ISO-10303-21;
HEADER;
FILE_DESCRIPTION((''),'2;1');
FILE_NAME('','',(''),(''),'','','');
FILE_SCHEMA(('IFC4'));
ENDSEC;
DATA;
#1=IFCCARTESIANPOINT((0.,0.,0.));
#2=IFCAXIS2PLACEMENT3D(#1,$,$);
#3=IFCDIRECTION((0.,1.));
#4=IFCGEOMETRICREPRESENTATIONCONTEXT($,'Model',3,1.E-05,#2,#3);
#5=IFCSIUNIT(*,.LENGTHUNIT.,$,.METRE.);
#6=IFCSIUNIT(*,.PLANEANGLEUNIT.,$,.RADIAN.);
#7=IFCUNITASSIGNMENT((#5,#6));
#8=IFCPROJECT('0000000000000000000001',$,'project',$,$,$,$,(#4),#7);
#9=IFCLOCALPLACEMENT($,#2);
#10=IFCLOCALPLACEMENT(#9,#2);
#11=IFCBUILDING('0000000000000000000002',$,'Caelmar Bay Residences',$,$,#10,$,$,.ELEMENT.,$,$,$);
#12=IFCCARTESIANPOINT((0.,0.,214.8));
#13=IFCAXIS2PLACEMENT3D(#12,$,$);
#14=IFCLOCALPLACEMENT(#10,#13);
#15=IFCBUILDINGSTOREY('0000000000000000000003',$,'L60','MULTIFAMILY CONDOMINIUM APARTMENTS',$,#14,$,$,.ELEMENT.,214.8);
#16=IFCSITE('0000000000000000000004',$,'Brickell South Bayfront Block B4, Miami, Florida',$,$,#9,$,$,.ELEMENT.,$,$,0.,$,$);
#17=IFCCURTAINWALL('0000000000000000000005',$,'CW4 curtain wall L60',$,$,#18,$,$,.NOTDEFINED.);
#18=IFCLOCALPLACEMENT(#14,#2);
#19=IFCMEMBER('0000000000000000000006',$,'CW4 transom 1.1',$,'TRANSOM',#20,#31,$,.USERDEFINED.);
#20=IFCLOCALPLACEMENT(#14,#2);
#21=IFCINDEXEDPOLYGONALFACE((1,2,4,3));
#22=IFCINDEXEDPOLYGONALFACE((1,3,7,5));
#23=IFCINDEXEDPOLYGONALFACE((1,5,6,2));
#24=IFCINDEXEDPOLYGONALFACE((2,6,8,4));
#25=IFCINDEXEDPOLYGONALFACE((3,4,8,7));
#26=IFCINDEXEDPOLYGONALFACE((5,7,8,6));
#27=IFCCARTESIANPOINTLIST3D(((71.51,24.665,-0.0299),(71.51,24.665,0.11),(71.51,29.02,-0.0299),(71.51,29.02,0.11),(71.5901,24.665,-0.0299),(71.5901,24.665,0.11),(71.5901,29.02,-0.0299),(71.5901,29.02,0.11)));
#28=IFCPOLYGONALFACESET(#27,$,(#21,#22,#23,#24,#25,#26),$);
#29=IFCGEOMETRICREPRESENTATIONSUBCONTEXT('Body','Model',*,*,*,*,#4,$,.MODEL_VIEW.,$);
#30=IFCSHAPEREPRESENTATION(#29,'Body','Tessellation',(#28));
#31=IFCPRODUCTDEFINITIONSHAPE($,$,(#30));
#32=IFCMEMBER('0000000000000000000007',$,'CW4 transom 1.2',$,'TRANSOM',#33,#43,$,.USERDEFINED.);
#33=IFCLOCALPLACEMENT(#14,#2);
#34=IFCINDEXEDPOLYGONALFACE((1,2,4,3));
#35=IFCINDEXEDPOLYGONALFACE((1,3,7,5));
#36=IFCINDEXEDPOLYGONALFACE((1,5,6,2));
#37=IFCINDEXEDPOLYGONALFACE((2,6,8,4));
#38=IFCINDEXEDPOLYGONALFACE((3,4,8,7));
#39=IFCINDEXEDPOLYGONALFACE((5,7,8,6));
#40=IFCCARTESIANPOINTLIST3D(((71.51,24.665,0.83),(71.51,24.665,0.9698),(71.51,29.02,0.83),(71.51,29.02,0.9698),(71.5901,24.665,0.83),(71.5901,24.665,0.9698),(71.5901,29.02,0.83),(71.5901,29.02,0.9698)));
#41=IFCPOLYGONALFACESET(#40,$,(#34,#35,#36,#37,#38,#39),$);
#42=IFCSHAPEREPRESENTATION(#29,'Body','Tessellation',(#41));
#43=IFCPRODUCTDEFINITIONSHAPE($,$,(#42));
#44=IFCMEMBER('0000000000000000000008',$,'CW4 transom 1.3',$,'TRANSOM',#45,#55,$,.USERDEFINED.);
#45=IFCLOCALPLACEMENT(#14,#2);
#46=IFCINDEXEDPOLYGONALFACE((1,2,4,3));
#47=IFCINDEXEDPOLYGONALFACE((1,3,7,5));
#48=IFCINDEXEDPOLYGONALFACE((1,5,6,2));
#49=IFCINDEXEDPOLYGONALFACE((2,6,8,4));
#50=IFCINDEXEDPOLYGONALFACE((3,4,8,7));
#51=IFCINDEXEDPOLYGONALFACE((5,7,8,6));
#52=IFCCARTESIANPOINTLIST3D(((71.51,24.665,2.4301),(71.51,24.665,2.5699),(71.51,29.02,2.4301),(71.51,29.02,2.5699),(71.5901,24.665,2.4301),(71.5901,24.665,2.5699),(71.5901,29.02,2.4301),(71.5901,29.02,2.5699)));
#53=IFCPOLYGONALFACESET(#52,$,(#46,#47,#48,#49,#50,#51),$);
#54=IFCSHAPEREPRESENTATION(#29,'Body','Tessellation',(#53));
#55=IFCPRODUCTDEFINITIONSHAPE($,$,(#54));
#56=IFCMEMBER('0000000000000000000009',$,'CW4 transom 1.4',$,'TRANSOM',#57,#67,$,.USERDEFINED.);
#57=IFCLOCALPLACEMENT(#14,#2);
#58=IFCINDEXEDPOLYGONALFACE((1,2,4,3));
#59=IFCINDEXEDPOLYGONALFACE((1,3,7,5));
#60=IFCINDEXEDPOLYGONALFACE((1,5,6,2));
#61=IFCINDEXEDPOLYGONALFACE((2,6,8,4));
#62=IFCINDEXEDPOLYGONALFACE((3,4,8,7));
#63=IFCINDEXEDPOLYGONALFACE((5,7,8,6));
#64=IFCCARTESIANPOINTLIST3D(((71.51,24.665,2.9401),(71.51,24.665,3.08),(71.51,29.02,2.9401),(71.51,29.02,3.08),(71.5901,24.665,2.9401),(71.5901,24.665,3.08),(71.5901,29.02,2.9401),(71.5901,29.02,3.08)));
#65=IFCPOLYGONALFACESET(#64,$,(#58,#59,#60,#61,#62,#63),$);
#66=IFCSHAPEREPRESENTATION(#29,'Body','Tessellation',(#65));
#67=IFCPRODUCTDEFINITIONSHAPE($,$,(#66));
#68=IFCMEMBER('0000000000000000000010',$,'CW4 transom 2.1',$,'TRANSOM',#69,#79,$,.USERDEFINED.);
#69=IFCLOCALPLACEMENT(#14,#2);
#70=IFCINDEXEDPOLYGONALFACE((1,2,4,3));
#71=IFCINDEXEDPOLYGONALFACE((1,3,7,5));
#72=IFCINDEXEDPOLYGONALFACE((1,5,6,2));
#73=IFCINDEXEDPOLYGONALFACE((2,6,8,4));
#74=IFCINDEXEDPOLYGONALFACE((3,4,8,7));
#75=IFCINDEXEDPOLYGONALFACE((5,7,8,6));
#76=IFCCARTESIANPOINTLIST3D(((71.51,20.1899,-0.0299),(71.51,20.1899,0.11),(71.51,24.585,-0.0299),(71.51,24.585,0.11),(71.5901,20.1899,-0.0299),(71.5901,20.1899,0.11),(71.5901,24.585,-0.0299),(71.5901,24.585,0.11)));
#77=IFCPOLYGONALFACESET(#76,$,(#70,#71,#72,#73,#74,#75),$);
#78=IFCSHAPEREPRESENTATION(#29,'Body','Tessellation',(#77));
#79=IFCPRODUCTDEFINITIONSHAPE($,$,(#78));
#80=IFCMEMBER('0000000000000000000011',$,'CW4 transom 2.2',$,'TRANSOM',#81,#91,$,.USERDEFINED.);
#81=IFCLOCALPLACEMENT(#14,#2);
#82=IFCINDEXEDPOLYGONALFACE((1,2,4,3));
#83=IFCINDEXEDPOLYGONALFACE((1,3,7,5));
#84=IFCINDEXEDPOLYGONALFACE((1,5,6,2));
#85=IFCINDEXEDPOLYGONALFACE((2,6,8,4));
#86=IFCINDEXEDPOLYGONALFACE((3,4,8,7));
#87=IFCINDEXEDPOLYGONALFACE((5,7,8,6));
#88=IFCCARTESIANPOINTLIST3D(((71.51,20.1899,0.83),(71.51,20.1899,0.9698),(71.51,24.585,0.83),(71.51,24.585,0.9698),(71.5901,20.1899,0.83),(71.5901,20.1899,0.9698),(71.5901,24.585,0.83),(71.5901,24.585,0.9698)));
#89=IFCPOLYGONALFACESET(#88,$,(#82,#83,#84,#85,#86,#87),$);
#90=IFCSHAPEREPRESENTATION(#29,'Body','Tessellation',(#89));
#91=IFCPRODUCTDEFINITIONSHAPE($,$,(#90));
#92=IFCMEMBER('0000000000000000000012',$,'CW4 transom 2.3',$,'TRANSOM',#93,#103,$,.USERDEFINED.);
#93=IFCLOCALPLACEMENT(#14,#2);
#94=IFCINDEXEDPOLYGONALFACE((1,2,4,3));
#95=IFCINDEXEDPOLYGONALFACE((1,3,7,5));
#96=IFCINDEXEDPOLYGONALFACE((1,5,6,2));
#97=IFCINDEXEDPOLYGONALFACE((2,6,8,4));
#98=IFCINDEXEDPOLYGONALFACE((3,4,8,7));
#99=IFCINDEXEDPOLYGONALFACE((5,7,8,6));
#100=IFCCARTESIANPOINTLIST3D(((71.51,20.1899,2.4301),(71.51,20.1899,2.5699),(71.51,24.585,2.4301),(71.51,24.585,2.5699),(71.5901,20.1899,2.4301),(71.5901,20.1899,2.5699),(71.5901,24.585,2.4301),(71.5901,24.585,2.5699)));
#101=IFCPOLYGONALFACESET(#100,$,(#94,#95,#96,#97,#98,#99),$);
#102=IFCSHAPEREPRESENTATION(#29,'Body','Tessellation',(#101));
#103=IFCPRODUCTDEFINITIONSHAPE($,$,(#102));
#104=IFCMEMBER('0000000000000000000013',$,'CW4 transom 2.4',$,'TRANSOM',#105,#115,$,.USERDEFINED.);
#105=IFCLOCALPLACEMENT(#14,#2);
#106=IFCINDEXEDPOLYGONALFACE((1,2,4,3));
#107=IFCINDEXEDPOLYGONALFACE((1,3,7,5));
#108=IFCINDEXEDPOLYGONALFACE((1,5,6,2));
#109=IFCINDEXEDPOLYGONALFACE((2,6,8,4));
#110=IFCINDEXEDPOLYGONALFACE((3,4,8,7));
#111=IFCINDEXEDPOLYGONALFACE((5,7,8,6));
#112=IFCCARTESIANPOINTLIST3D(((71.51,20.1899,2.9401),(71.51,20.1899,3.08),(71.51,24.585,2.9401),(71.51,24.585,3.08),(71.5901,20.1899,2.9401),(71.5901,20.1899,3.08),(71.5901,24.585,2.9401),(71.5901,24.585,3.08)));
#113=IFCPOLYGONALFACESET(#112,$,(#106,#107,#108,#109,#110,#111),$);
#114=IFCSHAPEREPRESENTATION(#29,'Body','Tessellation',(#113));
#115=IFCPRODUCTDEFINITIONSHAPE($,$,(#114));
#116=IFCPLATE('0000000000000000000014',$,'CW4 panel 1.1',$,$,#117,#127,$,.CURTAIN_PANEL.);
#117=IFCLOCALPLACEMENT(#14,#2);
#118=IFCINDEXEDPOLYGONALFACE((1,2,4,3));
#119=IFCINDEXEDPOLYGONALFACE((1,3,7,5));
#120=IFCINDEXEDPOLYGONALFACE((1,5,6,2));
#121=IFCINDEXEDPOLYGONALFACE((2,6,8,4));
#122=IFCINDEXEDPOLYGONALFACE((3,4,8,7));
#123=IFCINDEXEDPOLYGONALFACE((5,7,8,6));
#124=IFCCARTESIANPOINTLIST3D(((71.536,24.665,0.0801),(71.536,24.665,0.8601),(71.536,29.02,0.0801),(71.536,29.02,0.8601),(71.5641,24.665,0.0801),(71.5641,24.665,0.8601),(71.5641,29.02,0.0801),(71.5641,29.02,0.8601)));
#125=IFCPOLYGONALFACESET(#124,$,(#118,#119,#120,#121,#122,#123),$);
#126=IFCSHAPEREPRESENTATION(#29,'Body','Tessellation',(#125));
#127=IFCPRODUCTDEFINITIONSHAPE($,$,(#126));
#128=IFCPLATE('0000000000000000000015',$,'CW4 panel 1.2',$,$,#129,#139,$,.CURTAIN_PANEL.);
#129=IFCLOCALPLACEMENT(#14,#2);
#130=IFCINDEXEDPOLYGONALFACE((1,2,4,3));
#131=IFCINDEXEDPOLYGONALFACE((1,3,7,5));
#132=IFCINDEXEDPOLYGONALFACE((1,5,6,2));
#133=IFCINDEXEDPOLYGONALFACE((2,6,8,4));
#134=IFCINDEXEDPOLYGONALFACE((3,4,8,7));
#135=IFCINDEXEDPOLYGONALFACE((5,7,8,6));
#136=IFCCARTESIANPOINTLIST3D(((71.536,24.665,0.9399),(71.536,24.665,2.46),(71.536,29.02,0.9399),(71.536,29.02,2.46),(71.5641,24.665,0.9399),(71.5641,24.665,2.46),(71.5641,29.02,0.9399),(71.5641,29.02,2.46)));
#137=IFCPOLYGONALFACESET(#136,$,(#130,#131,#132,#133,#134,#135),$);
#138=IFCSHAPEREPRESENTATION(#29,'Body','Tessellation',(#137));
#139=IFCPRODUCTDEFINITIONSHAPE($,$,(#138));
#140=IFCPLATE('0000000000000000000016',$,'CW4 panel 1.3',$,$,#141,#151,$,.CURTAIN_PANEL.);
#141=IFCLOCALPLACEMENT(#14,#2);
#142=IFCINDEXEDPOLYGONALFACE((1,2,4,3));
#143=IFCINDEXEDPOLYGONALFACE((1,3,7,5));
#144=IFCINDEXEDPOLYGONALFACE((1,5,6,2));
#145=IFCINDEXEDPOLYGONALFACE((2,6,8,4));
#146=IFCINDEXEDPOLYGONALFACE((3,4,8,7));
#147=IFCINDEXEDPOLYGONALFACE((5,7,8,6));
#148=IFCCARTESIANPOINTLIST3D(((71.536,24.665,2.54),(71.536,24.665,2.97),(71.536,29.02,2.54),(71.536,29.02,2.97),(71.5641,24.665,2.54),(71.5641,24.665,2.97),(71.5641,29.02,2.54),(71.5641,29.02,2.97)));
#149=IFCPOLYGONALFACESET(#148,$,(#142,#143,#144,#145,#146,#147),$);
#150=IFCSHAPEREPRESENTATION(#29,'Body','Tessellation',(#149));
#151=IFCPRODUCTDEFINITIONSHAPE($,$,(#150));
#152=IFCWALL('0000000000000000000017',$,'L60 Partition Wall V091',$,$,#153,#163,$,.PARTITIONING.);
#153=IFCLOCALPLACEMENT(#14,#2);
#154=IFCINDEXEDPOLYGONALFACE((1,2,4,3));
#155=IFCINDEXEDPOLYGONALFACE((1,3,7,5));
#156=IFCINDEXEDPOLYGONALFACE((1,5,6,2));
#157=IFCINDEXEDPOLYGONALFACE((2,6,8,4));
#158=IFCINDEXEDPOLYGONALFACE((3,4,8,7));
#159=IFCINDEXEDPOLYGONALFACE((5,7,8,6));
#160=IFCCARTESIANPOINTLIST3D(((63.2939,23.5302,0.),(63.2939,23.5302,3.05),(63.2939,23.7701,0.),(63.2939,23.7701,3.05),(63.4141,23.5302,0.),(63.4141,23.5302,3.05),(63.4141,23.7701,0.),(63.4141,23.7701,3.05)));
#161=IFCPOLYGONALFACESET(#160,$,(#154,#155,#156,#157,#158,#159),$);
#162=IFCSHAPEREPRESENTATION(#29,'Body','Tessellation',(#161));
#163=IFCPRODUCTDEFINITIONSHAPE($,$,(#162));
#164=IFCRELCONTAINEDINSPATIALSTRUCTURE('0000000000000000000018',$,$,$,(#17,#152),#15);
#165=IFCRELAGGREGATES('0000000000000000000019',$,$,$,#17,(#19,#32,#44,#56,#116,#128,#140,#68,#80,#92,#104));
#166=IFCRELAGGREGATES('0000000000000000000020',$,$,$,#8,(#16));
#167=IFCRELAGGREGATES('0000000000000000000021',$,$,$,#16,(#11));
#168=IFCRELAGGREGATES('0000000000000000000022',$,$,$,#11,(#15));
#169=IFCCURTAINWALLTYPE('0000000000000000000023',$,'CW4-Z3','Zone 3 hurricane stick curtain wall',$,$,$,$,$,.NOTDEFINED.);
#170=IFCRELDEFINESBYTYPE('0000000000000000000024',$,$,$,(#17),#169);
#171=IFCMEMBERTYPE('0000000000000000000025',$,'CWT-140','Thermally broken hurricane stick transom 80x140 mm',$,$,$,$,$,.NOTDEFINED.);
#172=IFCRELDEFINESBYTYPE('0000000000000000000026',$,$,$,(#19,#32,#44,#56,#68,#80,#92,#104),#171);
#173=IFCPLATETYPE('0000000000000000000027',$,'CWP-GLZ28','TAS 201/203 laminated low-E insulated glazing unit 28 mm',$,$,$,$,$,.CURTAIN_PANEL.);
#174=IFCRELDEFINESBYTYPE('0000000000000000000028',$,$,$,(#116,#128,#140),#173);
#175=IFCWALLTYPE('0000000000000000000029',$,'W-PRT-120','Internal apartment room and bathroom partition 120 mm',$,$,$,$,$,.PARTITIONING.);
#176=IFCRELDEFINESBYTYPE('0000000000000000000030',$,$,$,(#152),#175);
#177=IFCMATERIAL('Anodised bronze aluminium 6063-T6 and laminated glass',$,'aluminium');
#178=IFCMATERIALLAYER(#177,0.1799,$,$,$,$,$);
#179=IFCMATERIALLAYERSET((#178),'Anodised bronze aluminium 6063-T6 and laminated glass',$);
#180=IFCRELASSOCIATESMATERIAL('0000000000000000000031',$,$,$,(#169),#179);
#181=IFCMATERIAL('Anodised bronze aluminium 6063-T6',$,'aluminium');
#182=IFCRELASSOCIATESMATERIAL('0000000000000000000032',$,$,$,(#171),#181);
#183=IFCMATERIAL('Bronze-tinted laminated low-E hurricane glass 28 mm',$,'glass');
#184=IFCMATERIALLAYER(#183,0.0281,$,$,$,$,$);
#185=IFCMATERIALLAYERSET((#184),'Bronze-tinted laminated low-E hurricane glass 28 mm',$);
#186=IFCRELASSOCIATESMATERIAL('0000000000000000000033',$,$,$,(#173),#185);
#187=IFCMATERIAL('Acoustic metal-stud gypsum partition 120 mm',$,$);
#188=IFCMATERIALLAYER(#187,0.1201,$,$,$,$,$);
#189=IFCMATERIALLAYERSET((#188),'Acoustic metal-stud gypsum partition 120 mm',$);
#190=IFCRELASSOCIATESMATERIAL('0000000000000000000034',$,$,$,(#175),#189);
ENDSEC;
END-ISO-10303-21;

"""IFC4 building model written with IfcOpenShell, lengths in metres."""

from ifc_helpers import new_model, si_unit, direction, frame, frame_2d, origin, origin_2d, place, context, subcontext, project, spatial, rectangle, extrude, material, layer, layer_set, material_profile, profile_set, type_object, element, aggregate, save


model = new_model("IFC4")

# Units and contexts
model_context = context("Model", 3, precision=1e-05, world=origin(), true_north=direction((0.0, 1.0)))
body_context = subcontext(model_context, "Body", "Model", "MODEL_VIEW")
ifc_project = project(units=[si_unit("LENGTHUNIT", "METRE"), si_unit("PLANEANGLEUNIT", "RADIAN")], contexts=[model_context])

# Site, building, storey
site_placement = place(None, origin())
site = spatial("IfcSite", under=ifc_project, at=site_placement, Name="Brickell South Bayfront Block B4, Miami, Florida", CompositionType="ELEMENT", RefElevation=0.0)
building_placement = place(site_placement, origin())
building = spatial("IfcBuilding", under=site, at=building_placement, Name="Caelmar Bay Residences", CompositionType="ELEMENT")
storey_placement = place(building_placement, frame((0.0, 0.0, 214.8)))
storey = spatial("IfcBuildingStorey", under=building, at=storey_placement, Name="L60", Description="MULTIFAMILY CONDOMINIUM APARTMENTS", CompositionType="ELEMENT", Elevation=214.8)

# Curtain wall, members, plates
ifc_material_1 = material(Name="Anodised bronze aluminium 6063-T6 and laminated glass", Category="aluminium")
ifc_layer_1 = layer(ifc_material_1, 0.1799)
ifc_layer_set_1 = layer_set([ifc_layer_1], Name="Anodised bronze aluminium 6063-T6 and laminated glass")
curtain_wall_type = type_object("IfcCurtainWallType", Name="CW4-Z3", Description="Zone 3 hurricane stick curtain wall", PredefinedType="NOTDEFINED", material=ifc_layer_set_1)
curtain_wall_placement = place(storey_placement, origin())
curtain_wall = element("IfcCurtainWall", 1, at=curtain_wall_placement, inside=storey, type_object=curtain_wall_type, Name="CW4 curtain wall L60", PredefinedType="NOTDEFINED")
ifc_material_2 = material(Name="Anodised bronze aluminium 6063-T6", Category="aluminium")
ifc_material_profile_1 = material_profile(ifc_material_2, rectangle(XDim=0.0801, YDim=0.1399, at=origin_2d()), Name="CWT-80X140")
ifc_profile_set_1 = profile_set([ifc_material_profile_1], Name="Anodised bronze aluminium 6063-T6")
member_type_1 = type_object("IfcMemberType", Name="CWT-140", Description="Thermally broken hurricane stick transom 80x140 mm", PredefinedType="NOTDEFINED", material=ifc_profile_set_1)
member_1_placement = place(storey_placement, frame((71.55, 29.02, 0.04), z_axis=(0.0, -1.0, 0.0), x_axis=(1.0, 0.0, 0.0)))
member_1 = element("IfcMember", 2, at=member_1_placement, type_object=member_type_1, Name="CW4 transom 1.1", ObjectType="TRANSOM", PredefinedType="USERDEFINED", context=body_context, shape_type="SweptSolid", body=[
    extrude(rectangle(XDim=0.0801, YDim=0.1399, at=origin_2d()), origin(), (0.0, 0.0, 1.0), 4.355),
])
member_2_placement = place(storey_placement, frame((71.55, 29.02, 0.8999), z_axis=(0.0, -1.0, 0.0), x_axis=(1.0, 0.0, 0.0)))
member_2 = element("IfcMember", 3, at=member_2_placement, type_object=member_type_1, Name="CW4 transom 1.2", ObjectType="TRANSOM", PredefinedType="USERDEFINED", context=body_context, shape_type="SweptSolid", body=[
    extrude(rectangle(XDim=0.0801, YDim=0.1399, at=origin_2d()), origin(), (0.0, 0.0, 1.0), 4.355),
])
member_3_placement = place(storey_placement, frame((71.55, 29.02, 2.5), z_axis=(0.0, -1.0, 0.0), x_axis=(1.0, 0.0, 0.0)))
member_3 = element("IfcMember", 4, at=member_3_placement, type_object=member_type_1, Name="CW4 transom 1.3", ObjectType="TRANSOM", PredefinedType="USERDEFINED", context=body_context, shape_type="SweptSolid", body=[
    extrude(rectangle(XDim=0.0801, YDim=0.1399, at=origin_2d()), origin(), (0.0, 0.0, 1.0), 4.355),
])
member_4_placement = place(storey_placement, frame((71.55, 29.02, 3.01), z_axis=(0.0, -1.0, 0.0), x_axis=(1.0, 0.0, 0.0)))
member_4 = element("IfcMember", 5, at=member_4_placement, type_object=member_type_1, Name="CW4 transom 1.4", ObjectType="TRANSOM", PredefinedType="USERDEFINED", context=body_context, shape_type="SweptSolid", body=[
    extrude(rectangle(XDim=0.0801, YDim=0.1399, at=origin_2d()), origin(), (0.0, 0.0, 1.0), 4.355),
])
member_5_placement = place(storey_placement, frame((71.55, 24.585, 0.04), z_axis=(0.0, -1.0, 0.0), x_axis=(1.0, 0.0, 0.0)))
member_5 = element("IfcMember", 6, at=member_5_placement, type_object=member_type_1, Name="CW4 transom 2.1", ObjectType="TRANSOM", PredefinedType="USERDEFINED", context=body_context, shape_type="SweptSolid", body=[
    extrude(rectangle(XDim=0.0801, YDim=0.1399, at=origin_2d()), origin(), (0.0, 0.0, 1.0), 4.395),
])
member_6_placement = place(storey_placement, frame((71.55, 24.585, 0.8999), z_axis=(0.0, -1.0, 0.0), x_axis=(1.0, 0.0, 0.0)))
member_6 = element("IfcMember", 7, at=member_6_placement, type_object=member_type_1, Name="CW4 transom 2.2", ObjectType="TRANSOM", PredefinedType="USERDEFINED", context=body_context, shape_type="SweptSolid", body=[
    extrude(rectangle(XDim=0.0801, YDim=0.1399, at=origin_2d()), origin(), (0.0, 0.0, 1.0), 4.395),
])
member_7_placement = place(storey_placement, frame((71.55, 24.585, 2.5), z_axis=(0.0, -1.0, 0.0), x_axis=(1.0, 0.0, 0.0)))
member_7 = element("IfcMember", 8, at=member_7_placement, type_object=member_type_1, Name="CW4 transom 2.3", ObjectType="TRANSOM", PredefinedType="USERDEFINED", context=body_context, shape_type="SweptSolid", body=[
    extrude(rectangle(XDim=0.0801, YDim=0.1399, at=origin_2d()), origin(), (0.0, 0.0, 1.0), 4.395),
])
member_8_placement = place(storey_placement, frame((71.55, 24.585, 3.01), z_axis=(0.0, -1.0, 0.0), x_axis=(1.0, 0.0, 0.0)))
member_8 = element("IfcMember", 9, at=member_8_placement, type_object=member_type_1, Name="CW4 transom 2.4", ObjectType="TRANSOM", PredefinedType="USERDEFINED", context=body_context, shape_type="SweptSolid", body=[
    extrude(rectangle(XDim=0.0801, YDim=0.1399, at=origin_2d()), origin(), (0.0, 0.0, 1.0), 4.395),
])
ifc_material_3 = material(Name="Bronze-tinted laminated low-E hurricane glass 28 mm", Category="glass")
ifc_layer_2 = layer(ifc_material_3, 0.0281)
ifc_layer_set_2 = layer_set([ifc_layer_2], Name="Bronze-tinted laminated low-E hurricane glass 28 mm")
plate_type = type_object("IfcPlateType", Name="CWP-GLZ28", Description="TAS 201/203 laminated low-E insulated glazing unit 28 mm", PredefinedType="CURTAIN_PANEL", material=ifc_layer_set_2)
plate_1_placement = place(storey_placement, frame((71.55, 26.8425, 0.0801), z_axis=(0.0, 0.0, 1.0), x_axis=(0.0, -1.0, 0.0)))
plate_1 = element("IfcPlate", 10, at=plate_1_placement, type_object=plate_type, Name="CW4 panel 1.1", PredefinedType="CURTAIN_PANEL", context=body_context, shape_type="SweptSolid", body=[
    extrude(rectangle(XDim=4.355, YDim=0.0281, at=origin_2d()), origin(), (0.0, 0.0, 1.0), 0.78),
])
plate_2_placement = place(storey_placement, frame((71.55, 26.8425, 0.9399), z_axis=(0.0, 0.0, 1.0), x_axis=(0.0, -1.0, 0.0)))
plate_2 = element("IfcPlate", 11, at=plate_2_placement, type_object=plate_type, Name="CW4 panel 1.2", PredefinedType="CURTAIN_PANEL", context=body_context, shape_type="SweptSolid", body=[
    extrude(rectangle(XDim=4.355, YDim=0.0281, at=origin_2d()), origin(), (0.0, 0.0, 1.0), 1.52),
])
plate_3_placement = place(storey_placement, frame((71.55, 26.8425, 2.54), z_axis=(0.0, 0.0, 1.0), x_axis=(0.0, -1.0, 0.0)))
plate_3 = element("IfcPlate", 12, at=plate_3_placement, type_object=plate_type, Name="CW4 panel 1.3", PredefinedType="CURTAIN_PANEL", context=body_context, shape_type="SweptSolid", body=[
    extrude(rectangle(XDim=4.355, YDim=0.0281, at=origin_2d()), origin(), (0.0, 0.0, 1.0), 0.4299),
])
aggregate(curtain_wall, [member_1, member_2, member_3, member_4, plate_1, plate_2, plate_3, member_5, member_6, member_7, member_8])

# Wall
ifc_material_4 = material(Name="Acoustic metal-stud gypsum partition 120 mm")
ifc_layer_3 = layer(ifc_material_4, 0.1201)
ifc_layer_set_3 = layer_set([ifc_layer_3], Name="Acoustic metal-stud gypsum partition 120 mm")
wall_type = type_object("IfcWallType", Name="W-PRT-120", Description="Internal apartment room and bathroom partition 120 mm", PredefinedType="PARTITIONING", material=ifc_layer_set_3)
wall_1_placement = place(storey_placement, frame((63.354, 23.53, 0.0), z_axis=(0.0, 0.0, 1.0), x_axis=(0.0, 1.0, 0.0)))
element("IfcWall", 13, at=wall_1_placement, inside=storey, type_object=wall_type, Name="L60 Partition Wall V091", PredefinedType="PARTITIONING", context=body_context, shape_type="SweptSolid", body=[
    extrude(rectangle(XDim=0.24, YDim=0.1201, at=frame_2d((0.1201, 0.0))), origin(), (0.0, 0.0, 1.0), 3.05),
])

save(model, "model.ifc")
